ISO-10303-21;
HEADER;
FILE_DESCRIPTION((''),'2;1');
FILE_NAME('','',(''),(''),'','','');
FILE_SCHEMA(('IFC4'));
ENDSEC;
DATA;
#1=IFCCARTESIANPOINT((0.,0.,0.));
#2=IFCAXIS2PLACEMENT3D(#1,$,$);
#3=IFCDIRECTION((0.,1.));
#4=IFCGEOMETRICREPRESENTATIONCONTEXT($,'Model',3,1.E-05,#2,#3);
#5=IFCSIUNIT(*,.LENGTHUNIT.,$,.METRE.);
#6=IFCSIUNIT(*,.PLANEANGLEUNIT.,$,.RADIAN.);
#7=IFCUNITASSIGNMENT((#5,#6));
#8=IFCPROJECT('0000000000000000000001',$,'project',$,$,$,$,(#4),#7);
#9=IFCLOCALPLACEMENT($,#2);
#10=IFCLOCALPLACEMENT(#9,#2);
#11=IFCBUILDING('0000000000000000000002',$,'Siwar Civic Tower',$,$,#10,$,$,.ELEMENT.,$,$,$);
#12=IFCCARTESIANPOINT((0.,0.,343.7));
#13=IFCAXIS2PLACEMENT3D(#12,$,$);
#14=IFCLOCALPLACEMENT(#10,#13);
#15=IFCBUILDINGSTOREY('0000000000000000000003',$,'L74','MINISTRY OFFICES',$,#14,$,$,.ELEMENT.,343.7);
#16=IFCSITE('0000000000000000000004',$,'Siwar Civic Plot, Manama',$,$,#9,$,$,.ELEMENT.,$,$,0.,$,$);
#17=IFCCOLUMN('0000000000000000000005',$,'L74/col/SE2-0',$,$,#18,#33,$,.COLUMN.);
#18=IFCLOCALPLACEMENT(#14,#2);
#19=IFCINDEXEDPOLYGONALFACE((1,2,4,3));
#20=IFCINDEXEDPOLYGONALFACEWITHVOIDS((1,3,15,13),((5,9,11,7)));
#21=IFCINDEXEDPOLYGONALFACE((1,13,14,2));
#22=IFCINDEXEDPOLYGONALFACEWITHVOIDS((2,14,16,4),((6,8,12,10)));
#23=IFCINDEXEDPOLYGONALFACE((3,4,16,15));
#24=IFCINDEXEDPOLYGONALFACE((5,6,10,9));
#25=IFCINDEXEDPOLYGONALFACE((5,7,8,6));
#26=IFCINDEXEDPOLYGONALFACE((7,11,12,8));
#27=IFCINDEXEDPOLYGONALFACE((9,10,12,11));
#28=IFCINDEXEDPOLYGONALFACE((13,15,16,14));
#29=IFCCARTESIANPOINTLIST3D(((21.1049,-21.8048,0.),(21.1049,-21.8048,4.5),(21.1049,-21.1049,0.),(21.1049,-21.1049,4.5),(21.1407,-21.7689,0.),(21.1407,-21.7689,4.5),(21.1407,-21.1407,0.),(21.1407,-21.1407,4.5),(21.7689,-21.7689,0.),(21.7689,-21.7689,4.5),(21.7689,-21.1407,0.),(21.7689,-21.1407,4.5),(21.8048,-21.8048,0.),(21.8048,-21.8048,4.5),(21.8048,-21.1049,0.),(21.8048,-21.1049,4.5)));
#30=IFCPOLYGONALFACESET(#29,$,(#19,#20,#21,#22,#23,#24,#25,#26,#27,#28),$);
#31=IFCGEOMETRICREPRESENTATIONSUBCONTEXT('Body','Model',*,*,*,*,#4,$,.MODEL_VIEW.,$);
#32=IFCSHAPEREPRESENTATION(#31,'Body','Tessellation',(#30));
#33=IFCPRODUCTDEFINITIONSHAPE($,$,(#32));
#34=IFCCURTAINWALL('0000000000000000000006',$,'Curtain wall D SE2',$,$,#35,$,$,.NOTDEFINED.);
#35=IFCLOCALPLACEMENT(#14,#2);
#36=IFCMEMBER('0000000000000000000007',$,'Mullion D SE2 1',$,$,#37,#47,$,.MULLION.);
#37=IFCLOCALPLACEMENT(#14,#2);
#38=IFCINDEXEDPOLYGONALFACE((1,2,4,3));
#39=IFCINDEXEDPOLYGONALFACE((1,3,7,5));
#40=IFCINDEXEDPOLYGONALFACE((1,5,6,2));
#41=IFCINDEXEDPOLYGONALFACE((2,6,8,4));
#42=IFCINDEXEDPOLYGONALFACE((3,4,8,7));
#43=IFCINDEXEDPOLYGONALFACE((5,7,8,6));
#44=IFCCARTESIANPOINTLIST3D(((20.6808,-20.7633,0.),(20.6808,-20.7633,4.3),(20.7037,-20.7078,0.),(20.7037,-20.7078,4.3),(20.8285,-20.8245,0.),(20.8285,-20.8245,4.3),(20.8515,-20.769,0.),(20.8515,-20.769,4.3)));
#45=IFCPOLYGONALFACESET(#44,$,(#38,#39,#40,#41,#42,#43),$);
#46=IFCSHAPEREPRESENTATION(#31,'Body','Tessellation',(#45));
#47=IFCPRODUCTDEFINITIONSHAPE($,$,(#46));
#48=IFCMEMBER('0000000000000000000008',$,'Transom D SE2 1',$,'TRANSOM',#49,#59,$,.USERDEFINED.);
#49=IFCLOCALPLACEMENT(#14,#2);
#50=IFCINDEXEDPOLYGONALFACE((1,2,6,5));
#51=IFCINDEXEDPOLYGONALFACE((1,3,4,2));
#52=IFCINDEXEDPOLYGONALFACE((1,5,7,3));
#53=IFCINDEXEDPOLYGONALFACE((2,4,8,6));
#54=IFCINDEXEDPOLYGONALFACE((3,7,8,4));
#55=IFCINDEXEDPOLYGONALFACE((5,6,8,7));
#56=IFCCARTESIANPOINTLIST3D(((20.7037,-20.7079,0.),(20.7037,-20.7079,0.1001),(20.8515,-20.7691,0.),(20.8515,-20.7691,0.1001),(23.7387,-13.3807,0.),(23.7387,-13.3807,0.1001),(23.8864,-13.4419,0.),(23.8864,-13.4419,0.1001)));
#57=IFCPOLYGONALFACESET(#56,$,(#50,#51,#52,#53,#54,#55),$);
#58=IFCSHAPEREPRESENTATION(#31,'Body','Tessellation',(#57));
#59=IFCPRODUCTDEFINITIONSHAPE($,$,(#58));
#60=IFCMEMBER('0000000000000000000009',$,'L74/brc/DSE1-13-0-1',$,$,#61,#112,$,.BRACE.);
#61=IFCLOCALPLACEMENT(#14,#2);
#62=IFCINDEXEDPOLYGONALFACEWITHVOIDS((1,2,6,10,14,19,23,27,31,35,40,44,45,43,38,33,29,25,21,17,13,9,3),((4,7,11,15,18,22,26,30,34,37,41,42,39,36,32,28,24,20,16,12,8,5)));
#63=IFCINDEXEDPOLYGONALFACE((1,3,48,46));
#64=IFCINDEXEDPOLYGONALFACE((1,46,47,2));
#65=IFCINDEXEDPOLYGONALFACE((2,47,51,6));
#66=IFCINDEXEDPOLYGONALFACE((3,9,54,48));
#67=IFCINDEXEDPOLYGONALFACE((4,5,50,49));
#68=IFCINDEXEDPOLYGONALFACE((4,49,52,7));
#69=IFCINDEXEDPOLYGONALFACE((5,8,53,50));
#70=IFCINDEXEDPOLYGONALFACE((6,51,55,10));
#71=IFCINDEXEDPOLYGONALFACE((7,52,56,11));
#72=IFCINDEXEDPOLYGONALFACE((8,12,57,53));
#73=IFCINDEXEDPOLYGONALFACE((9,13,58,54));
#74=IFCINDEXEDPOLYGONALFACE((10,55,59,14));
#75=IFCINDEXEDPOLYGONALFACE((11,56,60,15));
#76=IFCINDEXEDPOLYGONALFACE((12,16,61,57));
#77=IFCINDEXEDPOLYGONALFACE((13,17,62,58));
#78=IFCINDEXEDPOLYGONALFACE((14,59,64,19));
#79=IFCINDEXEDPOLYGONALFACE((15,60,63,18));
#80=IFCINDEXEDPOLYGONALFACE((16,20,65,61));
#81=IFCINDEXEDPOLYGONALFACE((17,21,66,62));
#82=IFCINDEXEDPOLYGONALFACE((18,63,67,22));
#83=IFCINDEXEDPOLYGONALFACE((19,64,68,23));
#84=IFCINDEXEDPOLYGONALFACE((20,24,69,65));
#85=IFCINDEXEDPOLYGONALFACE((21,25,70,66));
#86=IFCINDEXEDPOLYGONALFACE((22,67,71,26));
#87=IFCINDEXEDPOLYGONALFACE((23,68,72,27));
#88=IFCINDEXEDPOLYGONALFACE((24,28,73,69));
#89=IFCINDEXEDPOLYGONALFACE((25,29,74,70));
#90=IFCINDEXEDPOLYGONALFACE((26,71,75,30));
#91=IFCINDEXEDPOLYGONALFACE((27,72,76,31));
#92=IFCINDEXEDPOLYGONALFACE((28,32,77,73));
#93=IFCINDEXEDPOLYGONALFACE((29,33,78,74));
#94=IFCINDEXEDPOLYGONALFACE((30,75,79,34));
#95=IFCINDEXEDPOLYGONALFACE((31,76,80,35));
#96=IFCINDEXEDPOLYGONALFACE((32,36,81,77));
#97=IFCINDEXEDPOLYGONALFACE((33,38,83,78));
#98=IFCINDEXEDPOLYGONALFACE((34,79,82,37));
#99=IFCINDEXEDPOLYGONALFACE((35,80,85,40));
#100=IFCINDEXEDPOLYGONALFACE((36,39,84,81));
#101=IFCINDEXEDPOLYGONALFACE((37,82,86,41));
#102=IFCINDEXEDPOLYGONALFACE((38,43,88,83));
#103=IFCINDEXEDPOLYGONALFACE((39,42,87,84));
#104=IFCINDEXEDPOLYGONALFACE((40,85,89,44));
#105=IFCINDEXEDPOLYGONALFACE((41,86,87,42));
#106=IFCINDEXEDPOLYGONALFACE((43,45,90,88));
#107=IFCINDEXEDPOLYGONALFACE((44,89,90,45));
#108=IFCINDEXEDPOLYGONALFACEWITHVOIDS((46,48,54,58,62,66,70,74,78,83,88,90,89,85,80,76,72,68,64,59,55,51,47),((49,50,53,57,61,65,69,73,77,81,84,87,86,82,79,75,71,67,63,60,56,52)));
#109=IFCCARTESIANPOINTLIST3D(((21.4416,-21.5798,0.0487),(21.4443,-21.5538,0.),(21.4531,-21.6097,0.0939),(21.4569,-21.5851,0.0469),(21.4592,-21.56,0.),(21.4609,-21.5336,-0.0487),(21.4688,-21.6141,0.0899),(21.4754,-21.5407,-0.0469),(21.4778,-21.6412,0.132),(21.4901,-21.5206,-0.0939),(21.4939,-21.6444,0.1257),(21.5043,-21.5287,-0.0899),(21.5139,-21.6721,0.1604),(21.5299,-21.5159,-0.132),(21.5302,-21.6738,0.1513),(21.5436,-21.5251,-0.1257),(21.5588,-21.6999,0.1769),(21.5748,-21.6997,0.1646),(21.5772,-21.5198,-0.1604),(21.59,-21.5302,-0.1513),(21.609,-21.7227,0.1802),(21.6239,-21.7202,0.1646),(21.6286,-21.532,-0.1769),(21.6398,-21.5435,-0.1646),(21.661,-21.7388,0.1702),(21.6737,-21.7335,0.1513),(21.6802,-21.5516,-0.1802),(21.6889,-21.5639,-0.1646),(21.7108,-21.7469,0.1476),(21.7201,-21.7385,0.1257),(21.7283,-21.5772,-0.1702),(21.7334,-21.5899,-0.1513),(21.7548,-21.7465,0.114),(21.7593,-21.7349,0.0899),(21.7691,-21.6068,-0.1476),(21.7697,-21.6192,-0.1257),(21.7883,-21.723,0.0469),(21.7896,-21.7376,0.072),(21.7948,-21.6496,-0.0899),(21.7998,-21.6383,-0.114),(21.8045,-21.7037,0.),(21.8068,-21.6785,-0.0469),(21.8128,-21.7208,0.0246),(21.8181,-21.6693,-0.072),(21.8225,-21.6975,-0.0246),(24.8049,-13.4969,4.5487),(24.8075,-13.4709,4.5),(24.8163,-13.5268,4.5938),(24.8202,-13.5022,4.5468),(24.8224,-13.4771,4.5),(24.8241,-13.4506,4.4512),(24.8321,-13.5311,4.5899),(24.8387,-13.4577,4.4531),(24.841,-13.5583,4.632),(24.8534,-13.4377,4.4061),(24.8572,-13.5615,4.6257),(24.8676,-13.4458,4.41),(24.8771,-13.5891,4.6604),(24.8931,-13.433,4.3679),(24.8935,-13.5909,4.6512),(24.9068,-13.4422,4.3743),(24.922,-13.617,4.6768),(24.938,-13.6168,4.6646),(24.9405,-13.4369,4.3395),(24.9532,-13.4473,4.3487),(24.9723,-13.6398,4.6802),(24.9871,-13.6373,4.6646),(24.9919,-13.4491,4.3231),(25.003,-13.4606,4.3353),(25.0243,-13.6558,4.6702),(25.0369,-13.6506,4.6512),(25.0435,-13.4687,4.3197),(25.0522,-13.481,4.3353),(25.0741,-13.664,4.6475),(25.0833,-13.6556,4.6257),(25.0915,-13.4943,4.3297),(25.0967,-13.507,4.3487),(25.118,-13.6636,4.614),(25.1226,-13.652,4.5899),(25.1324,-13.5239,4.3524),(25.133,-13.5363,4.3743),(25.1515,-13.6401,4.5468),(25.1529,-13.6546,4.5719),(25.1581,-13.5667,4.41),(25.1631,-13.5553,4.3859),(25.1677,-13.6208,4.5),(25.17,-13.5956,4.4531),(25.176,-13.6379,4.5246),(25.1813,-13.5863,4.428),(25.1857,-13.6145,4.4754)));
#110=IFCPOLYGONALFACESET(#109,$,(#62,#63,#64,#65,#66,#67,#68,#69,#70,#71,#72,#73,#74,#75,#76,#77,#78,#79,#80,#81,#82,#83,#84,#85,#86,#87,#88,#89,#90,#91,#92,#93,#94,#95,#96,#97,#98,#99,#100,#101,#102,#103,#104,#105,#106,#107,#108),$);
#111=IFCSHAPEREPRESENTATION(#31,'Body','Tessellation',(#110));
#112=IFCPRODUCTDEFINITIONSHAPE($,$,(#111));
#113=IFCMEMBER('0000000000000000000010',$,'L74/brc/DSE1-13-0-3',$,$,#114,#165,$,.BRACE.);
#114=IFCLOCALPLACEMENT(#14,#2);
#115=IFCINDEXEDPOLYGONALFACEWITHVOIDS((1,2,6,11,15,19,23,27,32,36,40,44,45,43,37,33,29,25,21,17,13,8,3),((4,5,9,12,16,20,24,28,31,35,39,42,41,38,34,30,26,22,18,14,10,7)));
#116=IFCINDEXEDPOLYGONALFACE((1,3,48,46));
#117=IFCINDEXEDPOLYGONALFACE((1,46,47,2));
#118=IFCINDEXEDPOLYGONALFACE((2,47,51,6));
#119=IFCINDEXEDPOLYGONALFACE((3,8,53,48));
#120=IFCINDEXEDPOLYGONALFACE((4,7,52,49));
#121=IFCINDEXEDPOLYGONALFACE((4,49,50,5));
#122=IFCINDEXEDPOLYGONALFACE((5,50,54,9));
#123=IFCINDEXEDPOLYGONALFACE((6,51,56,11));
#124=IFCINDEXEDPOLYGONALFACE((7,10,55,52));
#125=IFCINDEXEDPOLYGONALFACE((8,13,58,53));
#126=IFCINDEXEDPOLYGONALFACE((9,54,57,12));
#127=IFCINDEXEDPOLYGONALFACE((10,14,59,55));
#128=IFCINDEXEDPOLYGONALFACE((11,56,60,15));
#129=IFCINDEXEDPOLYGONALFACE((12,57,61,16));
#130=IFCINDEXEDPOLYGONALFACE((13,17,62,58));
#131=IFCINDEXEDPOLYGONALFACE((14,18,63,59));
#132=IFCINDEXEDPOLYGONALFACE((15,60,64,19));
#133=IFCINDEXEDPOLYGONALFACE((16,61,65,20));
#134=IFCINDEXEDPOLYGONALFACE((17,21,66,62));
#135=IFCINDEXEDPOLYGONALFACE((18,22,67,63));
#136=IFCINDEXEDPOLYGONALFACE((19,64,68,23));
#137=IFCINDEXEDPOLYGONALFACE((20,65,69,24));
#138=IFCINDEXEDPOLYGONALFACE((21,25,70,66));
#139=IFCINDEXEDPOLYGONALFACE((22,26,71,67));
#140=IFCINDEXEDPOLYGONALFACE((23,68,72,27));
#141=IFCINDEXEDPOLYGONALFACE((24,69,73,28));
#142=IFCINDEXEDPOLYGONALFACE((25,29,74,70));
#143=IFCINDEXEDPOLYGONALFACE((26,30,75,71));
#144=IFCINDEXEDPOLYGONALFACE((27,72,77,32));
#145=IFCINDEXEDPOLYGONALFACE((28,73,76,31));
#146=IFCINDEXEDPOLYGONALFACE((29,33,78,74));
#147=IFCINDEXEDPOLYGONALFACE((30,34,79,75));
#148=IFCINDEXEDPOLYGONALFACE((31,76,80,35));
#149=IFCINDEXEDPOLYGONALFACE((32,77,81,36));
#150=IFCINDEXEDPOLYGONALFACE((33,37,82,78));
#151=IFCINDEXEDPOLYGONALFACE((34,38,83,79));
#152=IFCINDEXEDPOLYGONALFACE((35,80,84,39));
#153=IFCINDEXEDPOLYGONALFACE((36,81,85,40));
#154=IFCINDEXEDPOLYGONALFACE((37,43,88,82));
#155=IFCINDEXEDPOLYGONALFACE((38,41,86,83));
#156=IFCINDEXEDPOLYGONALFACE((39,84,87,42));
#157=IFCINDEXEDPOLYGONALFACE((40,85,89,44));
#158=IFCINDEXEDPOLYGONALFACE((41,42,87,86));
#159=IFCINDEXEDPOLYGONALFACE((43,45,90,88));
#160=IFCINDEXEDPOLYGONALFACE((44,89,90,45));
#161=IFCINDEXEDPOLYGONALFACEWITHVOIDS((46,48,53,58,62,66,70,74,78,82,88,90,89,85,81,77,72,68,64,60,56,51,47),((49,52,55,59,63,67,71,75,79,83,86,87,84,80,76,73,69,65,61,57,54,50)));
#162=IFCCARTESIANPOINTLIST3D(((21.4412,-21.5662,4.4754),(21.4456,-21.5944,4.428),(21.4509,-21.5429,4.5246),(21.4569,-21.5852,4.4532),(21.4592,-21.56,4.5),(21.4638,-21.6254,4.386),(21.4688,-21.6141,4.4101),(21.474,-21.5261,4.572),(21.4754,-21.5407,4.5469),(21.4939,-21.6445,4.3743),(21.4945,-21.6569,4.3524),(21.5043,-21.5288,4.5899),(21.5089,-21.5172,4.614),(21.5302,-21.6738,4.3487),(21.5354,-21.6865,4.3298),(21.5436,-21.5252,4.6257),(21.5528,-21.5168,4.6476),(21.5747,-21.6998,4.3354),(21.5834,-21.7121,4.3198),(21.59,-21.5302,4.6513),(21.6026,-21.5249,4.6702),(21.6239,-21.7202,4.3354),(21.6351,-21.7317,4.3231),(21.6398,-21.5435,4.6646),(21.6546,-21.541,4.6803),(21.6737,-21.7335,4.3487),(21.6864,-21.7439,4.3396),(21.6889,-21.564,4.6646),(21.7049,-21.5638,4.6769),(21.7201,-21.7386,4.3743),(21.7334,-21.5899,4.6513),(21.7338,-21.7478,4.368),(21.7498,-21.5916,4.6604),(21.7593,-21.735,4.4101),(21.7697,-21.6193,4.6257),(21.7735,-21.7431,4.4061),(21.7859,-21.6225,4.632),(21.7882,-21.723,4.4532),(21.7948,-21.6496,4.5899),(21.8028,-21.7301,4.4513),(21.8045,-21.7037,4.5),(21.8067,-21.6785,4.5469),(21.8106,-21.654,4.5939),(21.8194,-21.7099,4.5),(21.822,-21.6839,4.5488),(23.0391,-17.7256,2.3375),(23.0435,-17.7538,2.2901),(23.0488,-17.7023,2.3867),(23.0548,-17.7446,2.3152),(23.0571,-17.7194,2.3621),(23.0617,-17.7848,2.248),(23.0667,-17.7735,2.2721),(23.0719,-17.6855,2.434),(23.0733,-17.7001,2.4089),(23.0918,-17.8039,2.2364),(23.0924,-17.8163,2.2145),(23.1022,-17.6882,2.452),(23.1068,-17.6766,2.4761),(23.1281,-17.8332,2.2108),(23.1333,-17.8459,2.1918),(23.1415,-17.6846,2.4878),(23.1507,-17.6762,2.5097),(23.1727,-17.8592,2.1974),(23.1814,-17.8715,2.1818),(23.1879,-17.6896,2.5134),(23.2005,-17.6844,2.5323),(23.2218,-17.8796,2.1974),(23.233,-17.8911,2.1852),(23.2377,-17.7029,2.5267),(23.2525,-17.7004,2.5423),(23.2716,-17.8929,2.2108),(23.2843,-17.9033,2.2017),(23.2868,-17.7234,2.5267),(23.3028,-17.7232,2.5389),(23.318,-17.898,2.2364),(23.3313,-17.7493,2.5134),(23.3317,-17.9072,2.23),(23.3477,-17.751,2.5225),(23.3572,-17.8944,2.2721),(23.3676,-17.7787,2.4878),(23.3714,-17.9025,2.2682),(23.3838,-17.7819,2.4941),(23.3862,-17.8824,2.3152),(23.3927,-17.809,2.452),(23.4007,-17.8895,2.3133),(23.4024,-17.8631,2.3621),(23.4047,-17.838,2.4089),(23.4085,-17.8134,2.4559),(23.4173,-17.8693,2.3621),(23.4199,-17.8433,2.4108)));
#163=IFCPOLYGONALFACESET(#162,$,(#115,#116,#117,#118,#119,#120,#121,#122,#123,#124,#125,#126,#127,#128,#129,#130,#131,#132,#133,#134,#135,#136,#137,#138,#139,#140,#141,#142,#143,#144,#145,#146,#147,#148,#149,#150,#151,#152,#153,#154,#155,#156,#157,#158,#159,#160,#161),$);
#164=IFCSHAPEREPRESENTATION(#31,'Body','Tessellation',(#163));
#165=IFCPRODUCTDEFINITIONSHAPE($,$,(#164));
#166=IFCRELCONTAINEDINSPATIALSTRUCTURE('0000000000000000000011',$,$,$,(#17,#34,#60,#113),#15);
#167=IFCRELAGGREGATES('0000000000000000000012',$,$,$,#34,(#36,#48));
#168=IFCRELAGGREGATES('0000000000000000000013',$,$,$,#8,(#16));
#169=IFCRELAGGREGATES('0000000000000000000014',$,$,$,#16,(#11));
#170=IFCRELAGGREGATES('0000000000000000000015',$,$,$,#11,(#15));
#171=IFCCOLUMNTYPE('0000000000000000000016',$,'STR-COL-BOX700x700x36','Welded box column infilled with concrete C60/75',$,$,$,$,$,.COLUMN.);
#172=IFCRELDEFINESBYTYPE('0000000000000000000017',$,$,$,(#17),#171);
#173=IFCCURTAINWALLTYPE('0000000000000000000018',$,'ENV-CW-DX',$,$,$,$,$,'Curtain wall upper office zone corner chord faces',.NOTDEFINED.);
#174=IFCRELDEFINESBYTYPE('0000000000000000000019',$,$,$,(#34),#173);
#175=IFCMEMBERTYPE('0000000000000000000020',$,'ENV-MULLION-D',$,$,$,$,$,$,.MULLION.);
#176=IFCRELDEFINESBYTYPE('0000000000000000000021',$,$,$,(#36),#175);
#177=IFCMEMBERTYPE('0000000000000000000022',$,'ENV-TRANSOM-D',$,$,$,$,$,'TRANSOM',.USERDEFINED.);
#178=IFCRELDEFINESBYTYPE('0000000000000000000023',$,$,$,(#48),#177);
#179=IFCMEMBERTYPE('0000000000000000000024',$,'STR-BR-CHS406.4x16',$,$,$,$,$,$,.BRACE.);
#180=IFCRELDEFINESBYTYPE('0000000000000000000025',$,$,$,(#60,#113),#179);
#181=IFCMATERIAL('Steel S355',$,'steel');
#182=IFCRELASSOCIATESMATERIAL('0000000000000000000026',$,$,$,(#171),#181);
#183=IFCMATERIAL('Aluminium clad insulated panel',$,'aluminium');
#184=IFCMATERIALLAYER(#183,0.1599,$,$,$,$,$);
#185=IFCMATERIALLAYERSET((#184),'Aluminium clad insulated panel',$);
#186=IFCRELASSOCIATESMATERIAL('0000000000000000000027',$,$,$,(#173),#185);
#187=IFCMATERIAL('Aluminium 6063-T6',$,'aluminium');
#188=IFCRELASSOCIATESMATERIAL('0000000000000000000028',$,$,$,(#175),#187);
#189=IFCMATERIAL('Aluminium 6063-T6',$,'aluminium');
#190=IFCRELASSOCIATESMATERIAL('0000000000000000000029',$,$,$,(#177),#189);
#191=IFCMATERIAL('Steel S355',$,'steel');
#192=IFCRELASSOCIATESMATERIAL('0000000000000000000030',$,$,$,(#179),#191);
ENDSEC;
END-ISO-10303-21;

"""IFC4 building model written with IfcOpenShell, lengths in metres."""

from ifc_helpers import new_model, si_unit, direction, frame, origin, origin_2d, place, context, subcontext, project, spatial, rectangle, hollow_rectangle, hollow_circle, extrude, material, layer, layer_set, material_profile, profile_set, type_object, element, aggregate, save


model = new_model("IFC4")

# Units and contexts
model_context = context("Model", 3, precision=1e-05, world=origin(), true_north=direction((0.0, 1.0)))
body_context = subcontext(model_context, "Body", "Model", "MODEL_VIEW")
ifc_project = project(units=[si_unit("LENGTHUNIT", "METRE"), si_unit("PLANEANGLEUNIT", "RADIAN")], contexts=[model_context])

# Site, building, storey
site_placement = place(None, origin())
site = spatial("IfcSite", under=ifc_project, at=site_placement, Name="Siwar Civic Plot, Manama", CompositionType="ELEMENT", RefElevation=0.0)
building_placement = place(site_placement, origin())
building = spatial("IfcBuilding", under=site, at=building_placement, Name="Siwar Civic Tower", CompositionType="ELEMENT")
storey_placement = place(building_placement, frame((0.0, 0.0, 343.7)))
storey = spatial("IfcBuildingStorey", under=building, at=storey_placement, Name="L74", Description="MINISTRY OFFICES", CompositionType="ELEMENT", Elevation=343.7)

# Column
ifc_material_1 = material(Name="Steel S355", Category="steel")
ifc_material_profile_1 = material_profile(ifc_material_1, hollow_rectangle(XDim=0.7, YDim=0.7, WallThickness=0.0359, at=origin_2d()), Name="BOX700x700x36")
ifc_profile_set_1 = profile_set([ifc_material_profile_1], Name="Steel S355")
column_type = type_object("IfcColumnType", Name="STR-COL-BOX700x700x36", Description="Welded box column infilled with concrete C60/75", PredefinedType="COLUMN", material=ifc_profile_set_1)
column_placement = place(storey_placement, frame((21.4548, -21.4548, 0.0), z_axis=(0.0, 0.0, 1.0), x_axis=(1.0, 0.0, 0.0)))
element("IfcColumn", 1, at=column_placement, inside=storey, type_object=column_type, Name="L74/col/SE2-0", PredefinedType="COLUMN", context=body_context, shape_type="SweptSolid", body=[
    extrude(hollow_rectangle(XDim=0.7, YDim=0.7, WallThickness=0.0359, at=origin_2d()), origin(), (0.0, 0.0, 1.0), 4.5),
])

# Curtain wall, members
ifc_material_2 = material(Name="Aluminium clad insulated panel", Category="aluminium")
ifc_layer_1 = layer(ifc_material_2, 0.1599)
ifc_layer_set_1 = layer_set([ifc_layer_1], Name="Aluminium clad insulated panel")
curtain_wall_type = type_object("IfcCurtainWallType", Name="ENV-CW-DX", ElementType="Curtain wall upper office zone corner chord faces", PredefinedType="NOTDEFINED", material=ifc_layer_set_1)
curtain_wall_1_placement = place(storey_placement, origin())
curtain_wall_1 = element("IfcCurtainWall", 2, at=curtain_wall_1_placement, inside=storey, type_object=curtain_wall_type, Name="Curtain wall D SE2", PredefinedType="NOTDEFINED")
ifc_material_3 = material(Name="Aluminium 6063-T6", Category="aluminium")
ifc_material_profile_2 = material_profile(ifc_material_3, rectangle(XDim=0.1599, YDim=0.0601, at=origin_2d()), Name="AL 160x60")
ifc_profile_set_2 = profile_set([ifc_material_profile_2], Name="Aluminium 6063-T6")
member_type_1 = type_object("IfcMemberType", Name="ENV-MULLION-D", PredefinedType="MULLION", material=ifc_profile_set_2)
member_1_placement = place(storey_placement, frame((20.7661, -20.7661, 0.0), z_axis=(0.0, 0.0, 1.0), x_axis=(-0.92388, 0.382683, 0.0)))
member_1 = element("IfcMember", 3, at=member_1_placement, type_object=member_type_1, Name="Mullion D SE2 1", PredefinedType="MULLION", context=body_context, shape_type="SweptSolid", body=[
    extrude(rectangle(XDim=0.1599, YDim=0.0601, at=origin_2d()), origin(), (0.0, 0.0, 1.0), 4.3),
])
ifc_material_4 = material(Name="Aluminium 6063-T6", Category="aluminium")
ifc_material_profile_3 = material_profile(ifc_material_4, rectangle(XDim=0.1599, YDim=0.1001, at=origin_2d()), Name="AL 160x100")
ifc_profile_set_3 = profile_set([ifc_material_profile_3], Name="Aluminium 6063-T6")
member_type_2 = type_object("IfcMemberType", Name="ENV-TRANSOM-D", ElementType="TRANSOM", PredefinedType="USERDEFINED", material=ifc_profile_set_3)
member_2_placement = place(storey_placement, frame((20.7776, -20.7385, 0.05), z_axis=(0.382674, 0.923884, 0.0), x_axis=(-0.923884, 0.382674, 0.0)))
member_2 = element("IfcMember", 4, at=member_2_placement, type_object=member_type_2, Name="Transom D SE2 1", ObjectType="TRANSOM", PredefinedType="USERDEFINED", context=body_context, shape_type="SweptSolid", body=[
    extrude(rectangle(XDim=0.1599, YDim=0.1001, at=origin_2d()), origin(), (0.0, 0.0, 1.0), 7.9309),
])

# Members
ifc_material_5 = material(Name="Steel S355", Category="steel")
ifc_material_profile_4 = material_profile(ifc_material_5, hollow_circle(Radius=0.2031, WallThickness=0.0161, at=origin_2d()), Name="CHS406.4x16")
ifc_profile_set_4 = profile_set([ifc_material_profile_4], Name="Steel S355")
member_type_3 = type_object("IfcMemberType", Name="STR-BR-CHS406.4x16", PredefinedType="BRACE", material=ifc_profile_set_4)
member_3_placement = place(storey_placement, frame((21.6318, -21.6318, 0.0), z_axis=(0.341671, 0.821143, 0.457149), x_axis=(-0.923265, 0.384164, 0.0)))
element("IfcMember", 5, at=member_3_placement, inside=storey, type_object=member_type_3, Name="L74/brc/DSE1-13-0-1", PredefinedType="BRACE", context=body_context, shape_type="SweptSolid", body=[
    extrude(hollow_circle(Radius=0.2031, WallThickness=0.0161, at=origin_2d()), origin(), (0.0, 0.0, 1.0), 9.8435),
])
member_4_placement = place(storey_placement, frame((23.2297, -17.7913, 2.3621), z_axis=(-0.341653, -0.821167, 0.45712), x_axis=(0.923276, -0.384136, 0.0)))
element("IfcMember", 6, at=member_4_placement, inside=storey, type_object=member_type_3, Name="L74/brc/DSE1-13-0-3", PredefinedType="BRACE", context=body_context, shape_type="SweptSolid", body=[
    extrude(hollow_circle(Radius=0.2031, WallThickness=0.0161, at=origin_2d()), origin(), (0.0, 0.0, 1.0), 4.677),
])

aggregate(curtain_wall_1, [member_1, member_2])

save(model, "model.ifc")
